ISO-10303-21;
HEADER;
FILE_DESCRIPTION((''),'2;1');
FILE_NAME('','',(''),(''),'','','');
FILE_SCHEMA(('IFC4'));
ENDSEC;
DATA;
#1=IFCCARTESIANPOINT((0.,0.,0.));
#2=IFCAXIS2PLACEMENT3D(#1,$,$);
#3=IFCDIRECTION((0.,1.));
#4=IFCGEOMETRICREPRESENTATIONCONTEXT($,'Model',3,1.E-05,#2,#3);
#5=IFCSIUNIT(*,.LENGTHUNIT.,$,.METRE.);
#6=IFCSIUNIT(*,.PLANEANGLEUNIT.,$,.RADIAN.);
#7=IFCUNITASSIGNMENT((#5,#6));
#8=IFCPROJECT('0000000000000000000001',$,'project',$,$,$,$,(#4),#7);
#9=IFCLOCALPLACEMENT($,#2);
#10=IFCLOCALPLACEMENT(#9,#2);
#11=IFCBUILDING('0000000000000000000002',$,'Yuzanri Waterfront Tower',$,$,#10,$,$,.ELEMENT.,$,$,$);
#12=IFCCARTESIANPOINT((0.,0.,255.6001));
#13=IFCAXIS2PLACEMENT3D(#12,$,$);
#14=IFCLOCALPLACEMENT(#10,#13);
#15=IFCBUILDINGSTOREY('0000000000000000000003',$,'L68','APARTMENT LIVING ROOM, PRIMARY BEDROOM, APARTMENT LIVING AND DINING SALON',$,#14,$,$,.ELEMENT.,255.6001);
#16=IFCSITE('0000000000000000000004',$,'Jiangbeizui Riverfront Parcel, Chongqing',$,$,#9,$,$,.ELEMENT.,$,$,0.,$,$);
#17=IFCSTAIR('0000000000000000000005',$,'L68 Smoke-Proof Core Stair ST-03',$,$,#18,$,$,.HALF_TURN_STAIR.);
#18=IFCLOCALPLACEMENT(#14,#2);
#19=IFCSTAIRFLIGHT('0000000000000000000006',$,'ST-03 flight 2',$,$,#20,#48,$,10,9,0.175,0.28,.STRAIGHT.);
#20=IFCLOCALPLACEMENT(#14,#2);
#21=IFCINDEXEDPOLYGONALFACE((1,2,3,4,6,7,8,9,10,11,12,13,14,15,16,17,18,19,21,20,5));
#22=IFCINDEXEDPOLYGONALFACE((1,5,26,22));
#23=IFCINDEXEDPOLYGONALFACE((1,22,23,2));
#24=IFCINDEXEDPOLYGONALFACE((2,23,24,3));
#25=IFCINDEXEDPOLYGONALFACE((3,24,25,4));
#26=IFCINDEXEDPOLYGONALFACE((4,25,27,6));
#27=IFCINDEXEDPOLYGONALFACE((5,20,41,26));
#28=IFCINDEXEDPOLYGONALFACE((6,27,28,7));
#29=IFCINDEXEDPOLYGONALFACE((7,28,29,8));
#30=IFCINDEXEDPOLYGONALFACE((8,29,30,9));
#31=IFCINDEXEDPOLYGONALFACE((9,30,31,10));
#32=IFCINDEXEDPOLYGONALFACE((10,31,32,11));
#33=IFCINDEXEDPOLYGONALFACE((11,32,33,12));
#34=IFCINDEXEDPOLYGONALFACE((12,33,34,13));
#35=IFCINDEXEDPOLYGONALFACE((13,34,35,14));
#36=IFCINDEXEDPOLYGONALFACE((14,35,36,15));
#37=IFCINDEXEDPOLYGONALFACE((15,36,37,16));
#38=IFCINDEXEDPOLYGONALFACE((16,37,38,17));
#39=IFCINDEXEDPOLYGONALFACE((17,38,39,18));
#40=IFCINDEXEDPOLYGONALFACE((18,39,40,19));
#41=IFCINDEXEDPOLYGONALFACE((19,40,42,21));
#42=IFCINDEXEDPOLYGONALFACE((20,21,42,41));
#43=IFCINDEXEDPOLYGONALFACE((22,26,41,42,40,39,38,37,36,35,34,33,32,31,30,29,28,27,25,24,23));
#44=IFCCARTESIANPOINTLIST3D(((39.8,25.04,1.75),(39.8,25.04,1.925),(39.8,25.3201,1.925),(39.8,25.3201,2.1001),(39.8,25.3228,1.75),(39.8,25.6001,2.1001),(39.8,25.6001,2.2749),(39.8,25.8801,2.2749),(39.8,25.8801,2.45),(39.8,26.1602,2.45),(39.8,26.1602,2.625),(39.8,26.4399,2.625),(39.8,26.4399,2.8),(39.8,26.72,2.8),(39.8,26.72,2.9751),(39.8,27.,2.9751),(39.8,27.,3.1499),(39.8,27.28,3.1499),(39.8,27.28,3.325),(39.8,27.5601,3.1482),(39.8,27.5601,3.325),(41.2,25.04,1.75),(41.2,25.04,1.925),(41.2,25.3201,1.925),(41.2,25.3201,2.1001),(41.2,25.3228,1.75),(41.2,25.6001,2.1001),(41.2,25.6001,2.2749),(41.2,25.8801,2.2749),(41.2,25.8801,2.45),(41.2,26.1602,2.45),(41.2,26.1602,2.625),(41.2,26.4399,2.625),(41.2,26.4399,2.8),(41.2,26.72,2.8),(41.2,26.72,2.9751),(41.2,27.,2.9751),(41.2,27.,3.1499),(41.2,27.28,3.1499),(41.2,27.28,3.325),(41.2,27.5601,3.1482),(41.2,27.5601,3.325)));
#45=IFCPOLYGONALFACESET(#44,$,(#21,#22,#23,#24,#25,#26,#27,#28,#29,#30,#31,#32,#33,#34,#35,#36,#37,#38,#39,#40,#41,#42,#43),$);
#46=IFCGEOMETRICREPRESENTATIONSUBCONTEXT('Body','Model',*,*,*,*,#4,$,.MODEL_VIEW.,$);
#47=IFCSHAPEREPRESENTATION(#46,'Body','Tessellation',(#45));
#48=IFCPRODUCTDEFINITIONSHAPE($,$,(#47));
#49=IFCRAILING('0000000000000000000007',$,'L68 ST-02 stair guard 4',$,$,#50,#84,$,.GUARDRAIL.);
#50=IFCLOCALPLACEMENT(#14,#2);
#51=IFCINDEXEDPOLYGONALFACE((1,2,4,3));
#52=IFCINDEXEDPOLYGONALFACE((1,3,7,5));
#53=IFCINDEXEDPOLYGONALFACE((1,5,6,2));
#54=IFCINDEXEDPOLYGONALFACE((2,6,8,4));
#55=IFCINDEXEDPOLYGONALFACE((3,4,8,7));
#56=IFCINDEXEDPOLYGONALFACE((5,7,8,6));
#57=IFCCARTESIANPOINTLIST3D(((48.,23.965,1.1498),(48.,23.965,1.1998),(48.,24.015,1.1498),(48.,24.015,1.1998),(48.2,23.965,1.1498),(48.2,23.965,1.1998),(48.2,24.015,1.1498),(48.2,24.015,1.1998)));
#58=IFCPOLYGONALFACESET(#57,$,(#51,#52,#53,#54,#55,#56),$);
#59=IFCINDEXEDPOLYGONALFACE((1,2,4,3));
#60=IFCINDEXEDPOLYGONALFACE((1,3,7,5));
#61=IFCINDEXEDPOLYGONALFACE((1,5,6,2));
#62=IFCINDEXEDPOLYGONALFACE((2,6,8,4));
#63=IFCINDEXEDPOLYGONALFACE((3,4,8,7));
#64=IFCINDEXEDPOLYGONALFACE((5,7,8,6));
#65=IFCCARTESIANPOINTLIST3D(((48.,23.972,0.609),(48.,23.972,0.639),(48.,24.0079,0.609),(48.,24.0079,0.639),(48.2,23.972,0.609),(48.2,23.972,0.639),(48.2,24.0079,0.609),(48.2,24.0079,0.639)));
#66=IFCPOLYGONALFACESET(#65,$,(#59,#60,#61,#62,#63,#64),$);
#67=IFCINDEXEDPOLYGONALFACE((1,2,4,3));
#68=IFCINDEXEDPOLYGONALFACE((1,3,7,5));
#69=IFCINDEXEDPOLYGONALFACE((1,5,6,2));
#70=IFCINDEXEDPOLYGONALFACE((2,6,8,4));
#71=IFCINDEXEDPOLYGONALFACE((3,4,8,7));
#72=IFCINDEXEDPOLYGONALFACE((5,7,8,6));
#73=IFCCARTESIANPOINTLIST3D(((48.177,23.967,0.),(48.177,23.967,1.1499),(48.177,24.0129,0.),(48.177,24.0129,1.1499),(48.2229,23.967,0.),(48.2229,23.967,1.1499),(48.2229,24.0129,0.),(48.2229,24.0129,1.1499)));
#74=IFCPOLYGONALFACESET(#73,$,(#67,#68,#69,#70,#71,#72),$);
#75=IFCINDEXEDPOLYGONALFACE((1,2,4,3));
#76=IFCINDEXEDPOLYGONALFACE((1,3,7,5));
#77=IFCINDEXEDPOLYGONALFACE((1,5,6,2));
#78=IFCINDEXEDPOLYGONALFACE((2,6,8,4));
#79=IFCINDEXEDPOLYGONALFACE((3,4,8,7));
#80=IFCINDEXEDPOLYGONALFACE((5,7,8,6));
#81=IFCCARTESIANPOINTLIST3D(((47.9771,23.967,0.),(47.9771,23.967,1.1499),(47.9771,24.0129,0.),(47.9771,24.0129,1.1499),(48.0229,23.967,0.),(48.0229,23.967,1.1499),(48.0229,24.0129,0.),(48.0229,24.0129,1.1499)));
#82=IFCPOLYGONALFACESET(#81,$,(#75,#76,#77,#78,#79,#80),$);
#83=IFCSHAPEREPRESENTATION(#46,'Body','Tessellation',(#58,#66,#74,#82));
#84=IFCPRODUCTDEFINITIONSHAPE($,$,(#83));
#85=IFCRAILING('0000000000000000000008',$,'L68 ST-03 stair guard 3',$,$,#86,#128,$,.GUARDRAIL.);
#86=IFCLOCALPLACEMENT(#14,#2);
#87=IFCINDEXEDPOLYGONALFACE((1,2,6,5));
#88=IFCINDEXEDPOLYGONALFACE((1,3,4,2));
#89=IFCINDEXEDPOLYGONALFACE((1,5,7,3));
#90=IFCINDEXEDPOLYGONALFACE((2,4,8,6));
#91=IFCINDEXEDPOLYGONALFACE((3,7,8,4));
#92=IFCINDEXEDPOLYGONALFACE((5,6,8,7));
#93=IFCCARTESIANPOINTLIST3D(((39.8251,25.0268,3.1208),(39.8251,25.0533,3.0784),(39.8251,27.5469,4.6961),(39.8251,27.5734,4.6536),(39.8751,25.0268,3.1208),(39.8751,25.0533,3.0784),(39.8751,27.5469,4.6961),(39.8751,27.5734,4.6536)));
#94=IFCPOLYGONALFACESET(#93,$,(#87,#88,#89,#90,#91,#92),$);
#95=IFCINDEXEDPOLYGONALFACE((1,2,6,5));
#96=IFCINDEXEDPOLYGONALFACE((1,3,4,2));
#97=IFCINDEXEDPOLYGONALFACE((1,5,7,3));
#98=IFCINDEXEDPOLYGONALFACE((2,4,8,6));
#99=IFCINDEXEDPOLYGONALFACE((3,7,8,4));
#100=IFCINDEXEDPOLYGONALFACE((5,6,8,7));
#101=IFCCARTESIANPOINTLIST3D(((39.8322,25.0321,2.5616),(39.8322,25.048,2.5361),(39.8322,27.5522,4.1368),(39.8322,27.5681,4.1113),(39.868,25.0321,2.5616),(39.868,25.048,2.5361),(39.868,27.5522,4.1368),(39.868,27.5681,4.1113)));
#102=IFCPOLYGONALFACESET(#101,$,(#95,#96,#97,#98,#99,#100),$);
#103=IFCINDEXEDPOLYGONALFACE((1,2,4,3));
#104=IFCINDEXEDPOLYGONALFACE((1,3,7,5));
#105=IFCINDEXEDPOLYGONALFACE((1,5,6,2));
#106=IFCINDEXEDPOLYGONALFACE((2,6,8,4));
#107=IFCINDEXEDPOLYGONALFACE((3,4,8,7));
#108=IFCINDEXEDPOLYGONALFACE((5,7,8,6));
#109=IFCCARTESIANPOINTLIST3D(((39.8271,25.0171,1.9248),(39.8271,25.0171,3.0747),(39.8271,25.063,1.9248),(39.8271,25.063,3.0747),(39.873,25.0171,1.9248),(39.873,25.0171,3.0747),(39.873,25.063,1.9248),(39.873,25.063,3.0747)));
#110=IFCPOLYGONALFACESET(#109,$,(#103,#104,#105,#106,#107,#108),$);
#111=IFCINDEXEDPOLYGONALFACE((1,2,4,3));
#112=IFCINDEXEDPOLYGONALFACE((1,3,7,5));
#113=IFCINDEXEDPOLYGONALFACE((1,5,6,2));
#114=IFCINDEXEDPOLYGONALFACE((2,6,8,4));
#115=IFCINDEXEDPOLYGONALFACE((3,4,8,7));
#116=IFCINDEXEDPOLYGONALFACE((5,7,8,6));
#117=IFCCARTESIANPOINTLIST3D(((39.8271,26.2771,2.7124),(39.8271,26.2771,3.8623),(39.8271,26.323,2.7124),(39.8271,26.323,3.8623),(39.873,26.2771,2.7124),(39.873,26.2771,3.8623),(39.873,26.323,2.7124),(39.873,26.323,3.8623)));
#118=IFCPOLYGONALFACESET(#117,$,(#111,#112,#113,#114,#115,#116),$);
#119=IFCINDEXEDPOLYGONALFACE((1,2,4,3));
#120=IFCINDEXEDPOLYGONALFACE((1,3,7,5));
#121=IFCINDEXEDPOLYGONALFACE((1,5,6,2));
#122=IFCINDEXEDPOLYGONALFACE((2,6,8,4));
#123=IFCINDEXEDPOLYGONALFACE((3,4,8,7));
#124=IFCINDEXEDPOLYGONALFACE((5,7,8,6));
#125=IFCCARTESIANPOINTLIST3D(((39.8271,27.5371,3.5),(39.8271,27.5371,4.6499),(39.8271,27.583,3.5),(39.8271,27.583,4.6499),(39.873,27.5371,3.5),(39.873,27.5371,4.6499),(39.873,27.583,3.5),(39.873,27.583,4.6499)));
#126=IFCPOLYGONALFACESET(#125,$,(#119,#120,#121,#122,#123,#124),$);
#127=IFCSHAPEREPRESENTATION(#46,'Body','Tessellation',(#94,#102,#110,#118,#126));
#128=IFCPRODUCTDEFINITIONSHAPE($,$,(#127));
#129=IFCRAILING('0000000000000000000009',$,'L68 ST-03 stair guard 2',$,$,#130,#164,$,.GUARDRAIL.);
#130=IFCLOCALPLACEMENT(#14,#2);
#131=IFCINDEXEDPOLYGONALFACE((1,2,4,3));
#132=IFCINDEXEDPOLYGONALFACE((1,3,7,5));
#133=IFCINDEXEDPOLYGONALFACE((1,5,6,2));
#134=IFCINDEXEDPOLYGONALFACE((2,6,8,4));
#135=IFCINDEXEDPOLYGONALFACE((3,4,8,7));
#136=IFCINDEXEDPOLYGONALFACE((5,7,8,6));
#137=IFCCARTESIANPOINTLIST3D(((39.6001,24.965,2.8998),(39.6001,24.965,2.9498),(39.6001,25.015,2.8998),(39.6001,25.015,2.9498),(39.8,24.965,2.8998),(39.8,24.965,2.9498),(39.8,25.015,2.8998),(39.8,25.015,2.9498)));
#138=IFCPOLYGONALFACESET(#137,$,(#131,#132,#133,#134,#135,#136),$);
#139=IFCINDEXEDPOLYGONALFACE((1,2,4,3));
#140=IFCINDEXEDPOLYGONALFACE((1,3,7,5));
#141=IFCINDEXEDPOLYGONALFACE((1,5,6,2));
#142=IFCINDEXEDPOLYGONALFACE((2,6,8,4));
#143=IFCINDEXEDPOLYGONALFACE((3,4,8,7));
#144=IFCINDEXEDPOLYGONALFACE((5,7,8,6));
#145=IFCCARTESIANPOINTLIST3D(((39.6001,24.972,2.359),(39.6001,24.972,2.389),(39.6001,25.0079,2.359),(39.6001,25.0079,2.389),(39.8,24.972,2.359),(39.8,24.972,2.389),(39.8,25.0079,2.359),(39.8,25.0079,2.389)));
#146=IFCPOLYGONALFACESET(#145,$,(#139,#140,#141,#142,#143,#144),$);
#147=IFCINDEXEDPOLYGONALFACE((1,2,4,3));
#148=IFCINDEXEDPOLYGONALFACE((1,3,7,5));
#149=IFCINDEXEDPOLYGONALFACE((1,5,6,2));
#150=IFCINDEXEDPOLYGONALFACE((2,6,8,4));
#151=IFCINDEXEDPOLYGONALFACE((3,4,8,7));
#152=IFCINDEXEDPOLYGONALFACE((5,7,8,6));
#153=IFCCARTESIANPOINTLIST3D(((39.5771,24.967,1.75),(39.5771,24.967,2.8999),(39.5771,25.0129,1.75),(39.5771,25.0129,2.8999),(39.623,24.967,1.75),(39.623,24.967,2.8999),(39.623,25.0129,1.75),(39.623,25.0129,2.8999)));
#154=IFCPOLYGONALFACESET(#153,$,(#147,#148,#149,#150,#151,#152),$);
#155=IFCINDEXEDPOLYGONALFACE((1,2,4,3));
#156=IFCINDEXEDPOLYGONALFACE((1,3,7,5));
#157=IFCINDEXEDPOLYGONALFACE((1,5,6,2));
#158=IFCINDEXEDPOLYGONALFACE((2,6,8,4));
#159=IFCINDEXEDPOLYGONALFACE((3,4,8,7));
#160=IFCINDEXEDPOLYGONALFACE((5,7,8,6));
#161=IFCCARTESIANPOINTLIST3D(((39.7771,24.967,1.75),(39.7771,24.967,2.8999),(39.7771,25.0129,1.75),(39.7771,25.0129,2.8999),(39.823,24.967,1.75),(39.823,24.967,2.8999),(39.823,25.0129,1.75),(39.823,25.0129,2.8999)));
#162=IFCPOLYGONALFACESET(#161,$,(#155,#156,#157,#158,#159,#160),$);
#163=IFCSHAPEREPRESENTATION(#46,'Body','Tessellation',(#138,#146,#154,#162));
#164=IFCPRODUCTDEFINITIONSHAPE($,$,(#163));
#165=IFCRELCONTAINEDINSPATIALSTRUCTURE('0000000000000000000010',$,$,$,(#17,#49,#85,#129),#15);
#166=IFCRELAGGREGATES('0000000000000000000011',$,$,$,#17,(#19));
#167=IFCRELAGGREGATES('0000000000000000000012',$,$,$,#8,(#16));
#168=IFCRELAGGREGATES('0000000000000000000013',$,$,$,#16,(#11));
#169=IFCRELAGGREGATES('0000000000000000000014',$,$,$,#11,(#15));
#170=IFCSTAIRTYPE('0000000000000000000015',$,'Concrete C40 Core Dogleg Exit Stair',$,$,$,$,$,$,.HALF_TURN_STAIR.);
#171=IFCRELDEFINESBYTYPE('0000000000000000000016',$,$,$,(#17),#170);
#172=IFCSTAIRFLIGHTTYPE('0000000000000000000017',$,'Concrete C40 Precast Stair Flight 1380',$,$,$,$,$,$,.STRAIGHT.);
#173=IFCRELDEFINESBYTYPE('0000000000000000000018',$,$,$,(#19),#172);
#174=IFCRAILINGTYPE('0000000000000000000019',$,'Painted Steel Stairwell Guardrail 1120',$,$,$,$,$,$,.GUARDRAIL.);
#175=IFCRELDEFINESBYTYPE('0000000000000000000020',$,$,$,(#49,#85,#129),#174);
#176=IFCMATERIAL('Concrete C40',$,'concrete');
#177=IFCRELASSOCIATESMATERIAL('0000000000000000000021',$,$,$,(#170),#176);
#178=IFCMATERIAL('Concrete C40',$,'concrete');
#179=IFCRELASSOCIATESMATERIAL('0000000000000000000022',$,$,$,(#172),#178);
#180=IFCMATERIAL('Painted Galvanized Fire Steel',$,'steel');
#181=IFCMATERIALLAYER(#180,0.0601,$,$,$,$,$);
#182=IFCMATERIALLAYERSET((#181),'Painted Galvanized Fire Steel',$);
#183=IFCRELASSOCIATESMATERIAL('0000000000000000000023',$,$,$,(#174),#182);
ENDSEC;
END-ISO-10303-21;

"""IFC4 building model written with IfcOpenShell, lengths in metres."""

from ifc_helpers import new_model, si_unit, direction, frame, origin, origin_2d, place, context, subcontext, project, spatial, polyline, rectangle, outline, extrude, source, transform, mapped, material, layer, layer_set, type_object, element, aggregate, save


model = new_model("IFC4")

# Units and contexts
model_context = context("Model", 3, precision=1e-05, world=origin(), true_north=direction((0.0, 1.0)))
body_context = subcontext(model_context, "Body", "Model", "MODEL_VIEW")
ifc_project = project(units=[si_unit("LENGTHUNIT", "METRE"), si_unit("PLANEANGLEUNIT", "RADIAN")], contexts=[model_context])

# Site, building, storey
site_placement = place(None, origin())
site = spatial("IfcSite", under=ifc_project, at=site_placement, Name="Jiangbeizui Riverfront Parcel, Chongqing", CompositionType="ELEMENT", RefElevation=0.0)
building_placement = place(site_placement, origin())
building = spatial("IfcBuilding", under=site, at=building_placement, Name="Yuzanri Waterfront Tower", CompositionType="ELEMENT")
storey_placement = place(building_placement, frame((0.0, 0.0, 255.6001)))
storey = spatial("IfcBuildingStorey", under=building, at=storey_placement, Name="L68", Description="APARTMENT LIVING ROOM, PRIMARY BEDROOM, APARTMENT LIVING AND DINING SALON", CompositionType="ELEMENT", Elevation=255.6001)

# Stair, stair flight
ifc_material_1 = material(Name="Concrete C40", Category="concrete")
stair_type = type_object("IfcStairType", Name="Concrete C40 Core Dogleg Exit Stair", PredefinedType="HALF_TURN_STAIR", material=ifc_material_1)
stair_placement = place(storey_placement, origin())
stair = element("IfcStair", 1, at=stair_placement, inside=storey, type_object=stair_type, Name="L68 Smoke-Proof Core Stair ST-03", PredefinedType="HALF_TURN_STAIR")
ifc_material_2 = material(Name="Concrete C40", Category="concrete")
stair_flight_type = type_object("IfcStairFlightType", Name="Concrete C40 Precast Stair Flight 1380", PredefinedType="STRAIGHT", material=ifc_material_2)
shared_shape_1 = source(origin(), body_context, "Body", "SweptSolid", [
    extrude(outline(polyline([(0.0, 0.0), (0.0, 0.175), (0.28, 0.175), (0.28, 0.3501), (0.5601, 0.3501), (0.5601, 0.5249), (0.8401, 0.5249), (0.8401, 0.7), (1.1201, 0.7), (1.1201, 0.875), (1.3999, 0.875), (1.3999, 1.05), (1.6799, 1.05), (1.6799, 1.2251), (1.96, 1.2251), (1.96, 1.3999), (2.24, 1.3999), (2.24, 1.575), (2.52, 1.575), (2.52, 1.75), (2.52, 1.3982), (0.2827, 0.0), (0.0, 0.0)])), frame((0.0, 0.7, 0.0), z_axis=(0.0, -1.0, 0.0), x_axis=(1.0, 0.0, 0.0)), (0.0, 0.0, 1.0), 1.3999),
])
stair_flight_placement = place(storey_placement, frame((40.5, 25.04, 1.75), z_axis=(0.0, 0.0, 1.0), x_axis=(0.0, 1.0, 0.0)))
stair_flight = element("IfcStairFlight", 2, at=stair_flight_placement, type_object=stair_flight_type, Name="ST-03 flight 2", NumberOfRisers=10, NumberOfTreads=9, PredefinedType="STRAIGHT", RiserHeight=0.175, TreadLength=0.28, context=body_context, shape_type="MappedRepresentation", body=[
    mapped(shared_shape_1, transform((0.0, 0.0, 0.0), scale=1.0)),
])
aggregate(stair, [stair_flight])

# Railings
ifc_material_3 = material(Name="Painted Galvanized Fire Steel", Category="steel")
ifc_layer_1 = layer(ifc_material_3, 0.0601)
ifc_layer_set_1 = layer_set([ifc_layer_1], Name="Painted Galvanized Fire Steel")
railing_type = type_object("IfcRailingType", Name="Painted Steel Stairwell Guardrail 1120", PredefinedType="GUARDRAIL", material=ifc_layer_set_1)
shared_shape_2 = source(origin(), body_context, "Body", "SweptSolid", [
    extrude(rectangle(XDim=0.05, YDim=0.05, at=origin_2d()), frame((0.0, 0.0, 1.1748), z_axis=(-1.0, 0.0, 0.0), x_axis=(0.0, -1.0, 0.0)), (0.0, 0.0, 1.0), 0.2),
    extrude(rectangle(XDim=0.0359, YDim=0.03, at=origin_2d()), frame((0.0, 0.0, 0.624), z_axis=(-1.0, 0.0, 0.0), x_axis=(0.0, -1.0, 0.0)), (0.0, 0.0, 1.0), 0.2),
    extrude(rectangle(XDim=0.0459, YDim=0.0459, at=origin_2d()), origin(), (0.0, 0.0, 1.0), 1.1499),
    extrude(rectangle(XDim=0.0459, YDim=0.0459, at=origin_2d()), frame((-0.2, 0.0, 0.0)), (0.0, 0.0, 1.0), 1.1499),
])
railing_1_placement = place(storey_placement, frame((48.2, 23.99, 0.0)))
element("IfcRailing", 3, at=railing_1_placement, inside=storey, type_object=railing_type, Name="L68 ST-02 stair guard 4", PredefinedType="GUARDRAIL", context=body_context, shape_type="MappedRepresentation", body=[
    mapped(shared_shape_2, transform((0.0, 0.0, 0.0), scale=1.0)),
])
shared_shape_3 = source(origin(), body_context, "Body", "SweptSolid", [
    extrude(rectangle(XDim=0.05, YDim=0.05, at=origin_2d()), frame((0.0, 0.0, 1.1748), z_axis=(0.0, 0.847971, 0.530043), x_axis=(-1.0, 0.0, 0.0)), (0.0, 0.0, 1.0), 2.9719),
    extrude(rectangle(XDim=0.0359, YDim=0.03, at=origin_2d()), frame((0.0, 0.0, 0.624), z_axis=(0.0, 0.847971, 0.530043), x_axis=(-1.0, 0.0, 0.0)), (0.0, 0.0, 1.0), 2.9719),
    extrude(rectangle(XDim=0.0459, YDim=0.0459, at=origin_2d()), origin(), (0.0, 0.0, 1.0), 1.1499),
    extrude(rectangle(XDim=0.0459, YDim=0.0459, at=origin_2d()), frame((0.0, 1.26, 0.7876)), (0.0, 0.0, 1.0), 1.1499),
    extrude(rectangle(XDim=0.0459, YDim=0.0459, at=origin_2d()), frame((0.0, 2.52, 1.5752)), (0.0, 0.0, 1.0), 1.1499),
])
railing_2_placement = place(storey_placement, frame((39.8501, 25.04, 1.9248)))
element("IfcRailing", 4, at=railing_2_placement, inside=storey, type_object=railing_type, Name="L68 ST-03 stair guard 3", PredefinedType="GUARDRAIL", context=body_context, shape_type="MappedRepresentation", body=[
    mapped(shared_shape_3, transform((0.0, 0.0, 0.0), scale=1.0)),
])
shared_shape_4 = source(origin(), body_context, "Body", "SweptSolid", [
    extrude(rectangle(XDim=0.05, YDim=0.05, at=origin_2d()), frame((0.0, 0.0, 1.1748), z_axis=(1.0, 0.0, 0.0), x_axis=(0.0, 1.0, 0.0)), (0.0, 0.0, 1.0), 0.2),
    extrude(rectangle(XDim=0.0359, YDim=0.03, at=origin_2d()), frame((0.0, 0.0, 0.624), z_axis=(1.0, 0.0, 0.0), x_axis=(0.0, 1.0, 0.0)), (0.0, 0.0, 1.0), 0.2),
    extrude(rectangle(XDim=0.0459, YDim=0.0459, at=origin_2d()), origin(), (0.0, 0.0, 1.0), 1.1499),
    extrude(rectangle(XDim=0.0459, YDim=0.0459, at=origin_2d()), frame((0.2, 0.0, 0.0)), (0.0, 0.0, 1.0), 1.1499),
])
railing_3_placement = place(storey_placement, frame((39.6001, 24.99, 1.75)))
element("IfcRailing", 5, at=railing_3_placement, inside=storey, type_object=railing_type, Name="L68 ST-03 stair guard 2", PredefinedType="GUARDRAIL", context=body_context, shape_type="MappedRepresentation", body=[
    mapped(shared_shape_4, transform((0.0, 0.0, 0.0), scale=1.0)),
])

save(model, "model.ifc")
